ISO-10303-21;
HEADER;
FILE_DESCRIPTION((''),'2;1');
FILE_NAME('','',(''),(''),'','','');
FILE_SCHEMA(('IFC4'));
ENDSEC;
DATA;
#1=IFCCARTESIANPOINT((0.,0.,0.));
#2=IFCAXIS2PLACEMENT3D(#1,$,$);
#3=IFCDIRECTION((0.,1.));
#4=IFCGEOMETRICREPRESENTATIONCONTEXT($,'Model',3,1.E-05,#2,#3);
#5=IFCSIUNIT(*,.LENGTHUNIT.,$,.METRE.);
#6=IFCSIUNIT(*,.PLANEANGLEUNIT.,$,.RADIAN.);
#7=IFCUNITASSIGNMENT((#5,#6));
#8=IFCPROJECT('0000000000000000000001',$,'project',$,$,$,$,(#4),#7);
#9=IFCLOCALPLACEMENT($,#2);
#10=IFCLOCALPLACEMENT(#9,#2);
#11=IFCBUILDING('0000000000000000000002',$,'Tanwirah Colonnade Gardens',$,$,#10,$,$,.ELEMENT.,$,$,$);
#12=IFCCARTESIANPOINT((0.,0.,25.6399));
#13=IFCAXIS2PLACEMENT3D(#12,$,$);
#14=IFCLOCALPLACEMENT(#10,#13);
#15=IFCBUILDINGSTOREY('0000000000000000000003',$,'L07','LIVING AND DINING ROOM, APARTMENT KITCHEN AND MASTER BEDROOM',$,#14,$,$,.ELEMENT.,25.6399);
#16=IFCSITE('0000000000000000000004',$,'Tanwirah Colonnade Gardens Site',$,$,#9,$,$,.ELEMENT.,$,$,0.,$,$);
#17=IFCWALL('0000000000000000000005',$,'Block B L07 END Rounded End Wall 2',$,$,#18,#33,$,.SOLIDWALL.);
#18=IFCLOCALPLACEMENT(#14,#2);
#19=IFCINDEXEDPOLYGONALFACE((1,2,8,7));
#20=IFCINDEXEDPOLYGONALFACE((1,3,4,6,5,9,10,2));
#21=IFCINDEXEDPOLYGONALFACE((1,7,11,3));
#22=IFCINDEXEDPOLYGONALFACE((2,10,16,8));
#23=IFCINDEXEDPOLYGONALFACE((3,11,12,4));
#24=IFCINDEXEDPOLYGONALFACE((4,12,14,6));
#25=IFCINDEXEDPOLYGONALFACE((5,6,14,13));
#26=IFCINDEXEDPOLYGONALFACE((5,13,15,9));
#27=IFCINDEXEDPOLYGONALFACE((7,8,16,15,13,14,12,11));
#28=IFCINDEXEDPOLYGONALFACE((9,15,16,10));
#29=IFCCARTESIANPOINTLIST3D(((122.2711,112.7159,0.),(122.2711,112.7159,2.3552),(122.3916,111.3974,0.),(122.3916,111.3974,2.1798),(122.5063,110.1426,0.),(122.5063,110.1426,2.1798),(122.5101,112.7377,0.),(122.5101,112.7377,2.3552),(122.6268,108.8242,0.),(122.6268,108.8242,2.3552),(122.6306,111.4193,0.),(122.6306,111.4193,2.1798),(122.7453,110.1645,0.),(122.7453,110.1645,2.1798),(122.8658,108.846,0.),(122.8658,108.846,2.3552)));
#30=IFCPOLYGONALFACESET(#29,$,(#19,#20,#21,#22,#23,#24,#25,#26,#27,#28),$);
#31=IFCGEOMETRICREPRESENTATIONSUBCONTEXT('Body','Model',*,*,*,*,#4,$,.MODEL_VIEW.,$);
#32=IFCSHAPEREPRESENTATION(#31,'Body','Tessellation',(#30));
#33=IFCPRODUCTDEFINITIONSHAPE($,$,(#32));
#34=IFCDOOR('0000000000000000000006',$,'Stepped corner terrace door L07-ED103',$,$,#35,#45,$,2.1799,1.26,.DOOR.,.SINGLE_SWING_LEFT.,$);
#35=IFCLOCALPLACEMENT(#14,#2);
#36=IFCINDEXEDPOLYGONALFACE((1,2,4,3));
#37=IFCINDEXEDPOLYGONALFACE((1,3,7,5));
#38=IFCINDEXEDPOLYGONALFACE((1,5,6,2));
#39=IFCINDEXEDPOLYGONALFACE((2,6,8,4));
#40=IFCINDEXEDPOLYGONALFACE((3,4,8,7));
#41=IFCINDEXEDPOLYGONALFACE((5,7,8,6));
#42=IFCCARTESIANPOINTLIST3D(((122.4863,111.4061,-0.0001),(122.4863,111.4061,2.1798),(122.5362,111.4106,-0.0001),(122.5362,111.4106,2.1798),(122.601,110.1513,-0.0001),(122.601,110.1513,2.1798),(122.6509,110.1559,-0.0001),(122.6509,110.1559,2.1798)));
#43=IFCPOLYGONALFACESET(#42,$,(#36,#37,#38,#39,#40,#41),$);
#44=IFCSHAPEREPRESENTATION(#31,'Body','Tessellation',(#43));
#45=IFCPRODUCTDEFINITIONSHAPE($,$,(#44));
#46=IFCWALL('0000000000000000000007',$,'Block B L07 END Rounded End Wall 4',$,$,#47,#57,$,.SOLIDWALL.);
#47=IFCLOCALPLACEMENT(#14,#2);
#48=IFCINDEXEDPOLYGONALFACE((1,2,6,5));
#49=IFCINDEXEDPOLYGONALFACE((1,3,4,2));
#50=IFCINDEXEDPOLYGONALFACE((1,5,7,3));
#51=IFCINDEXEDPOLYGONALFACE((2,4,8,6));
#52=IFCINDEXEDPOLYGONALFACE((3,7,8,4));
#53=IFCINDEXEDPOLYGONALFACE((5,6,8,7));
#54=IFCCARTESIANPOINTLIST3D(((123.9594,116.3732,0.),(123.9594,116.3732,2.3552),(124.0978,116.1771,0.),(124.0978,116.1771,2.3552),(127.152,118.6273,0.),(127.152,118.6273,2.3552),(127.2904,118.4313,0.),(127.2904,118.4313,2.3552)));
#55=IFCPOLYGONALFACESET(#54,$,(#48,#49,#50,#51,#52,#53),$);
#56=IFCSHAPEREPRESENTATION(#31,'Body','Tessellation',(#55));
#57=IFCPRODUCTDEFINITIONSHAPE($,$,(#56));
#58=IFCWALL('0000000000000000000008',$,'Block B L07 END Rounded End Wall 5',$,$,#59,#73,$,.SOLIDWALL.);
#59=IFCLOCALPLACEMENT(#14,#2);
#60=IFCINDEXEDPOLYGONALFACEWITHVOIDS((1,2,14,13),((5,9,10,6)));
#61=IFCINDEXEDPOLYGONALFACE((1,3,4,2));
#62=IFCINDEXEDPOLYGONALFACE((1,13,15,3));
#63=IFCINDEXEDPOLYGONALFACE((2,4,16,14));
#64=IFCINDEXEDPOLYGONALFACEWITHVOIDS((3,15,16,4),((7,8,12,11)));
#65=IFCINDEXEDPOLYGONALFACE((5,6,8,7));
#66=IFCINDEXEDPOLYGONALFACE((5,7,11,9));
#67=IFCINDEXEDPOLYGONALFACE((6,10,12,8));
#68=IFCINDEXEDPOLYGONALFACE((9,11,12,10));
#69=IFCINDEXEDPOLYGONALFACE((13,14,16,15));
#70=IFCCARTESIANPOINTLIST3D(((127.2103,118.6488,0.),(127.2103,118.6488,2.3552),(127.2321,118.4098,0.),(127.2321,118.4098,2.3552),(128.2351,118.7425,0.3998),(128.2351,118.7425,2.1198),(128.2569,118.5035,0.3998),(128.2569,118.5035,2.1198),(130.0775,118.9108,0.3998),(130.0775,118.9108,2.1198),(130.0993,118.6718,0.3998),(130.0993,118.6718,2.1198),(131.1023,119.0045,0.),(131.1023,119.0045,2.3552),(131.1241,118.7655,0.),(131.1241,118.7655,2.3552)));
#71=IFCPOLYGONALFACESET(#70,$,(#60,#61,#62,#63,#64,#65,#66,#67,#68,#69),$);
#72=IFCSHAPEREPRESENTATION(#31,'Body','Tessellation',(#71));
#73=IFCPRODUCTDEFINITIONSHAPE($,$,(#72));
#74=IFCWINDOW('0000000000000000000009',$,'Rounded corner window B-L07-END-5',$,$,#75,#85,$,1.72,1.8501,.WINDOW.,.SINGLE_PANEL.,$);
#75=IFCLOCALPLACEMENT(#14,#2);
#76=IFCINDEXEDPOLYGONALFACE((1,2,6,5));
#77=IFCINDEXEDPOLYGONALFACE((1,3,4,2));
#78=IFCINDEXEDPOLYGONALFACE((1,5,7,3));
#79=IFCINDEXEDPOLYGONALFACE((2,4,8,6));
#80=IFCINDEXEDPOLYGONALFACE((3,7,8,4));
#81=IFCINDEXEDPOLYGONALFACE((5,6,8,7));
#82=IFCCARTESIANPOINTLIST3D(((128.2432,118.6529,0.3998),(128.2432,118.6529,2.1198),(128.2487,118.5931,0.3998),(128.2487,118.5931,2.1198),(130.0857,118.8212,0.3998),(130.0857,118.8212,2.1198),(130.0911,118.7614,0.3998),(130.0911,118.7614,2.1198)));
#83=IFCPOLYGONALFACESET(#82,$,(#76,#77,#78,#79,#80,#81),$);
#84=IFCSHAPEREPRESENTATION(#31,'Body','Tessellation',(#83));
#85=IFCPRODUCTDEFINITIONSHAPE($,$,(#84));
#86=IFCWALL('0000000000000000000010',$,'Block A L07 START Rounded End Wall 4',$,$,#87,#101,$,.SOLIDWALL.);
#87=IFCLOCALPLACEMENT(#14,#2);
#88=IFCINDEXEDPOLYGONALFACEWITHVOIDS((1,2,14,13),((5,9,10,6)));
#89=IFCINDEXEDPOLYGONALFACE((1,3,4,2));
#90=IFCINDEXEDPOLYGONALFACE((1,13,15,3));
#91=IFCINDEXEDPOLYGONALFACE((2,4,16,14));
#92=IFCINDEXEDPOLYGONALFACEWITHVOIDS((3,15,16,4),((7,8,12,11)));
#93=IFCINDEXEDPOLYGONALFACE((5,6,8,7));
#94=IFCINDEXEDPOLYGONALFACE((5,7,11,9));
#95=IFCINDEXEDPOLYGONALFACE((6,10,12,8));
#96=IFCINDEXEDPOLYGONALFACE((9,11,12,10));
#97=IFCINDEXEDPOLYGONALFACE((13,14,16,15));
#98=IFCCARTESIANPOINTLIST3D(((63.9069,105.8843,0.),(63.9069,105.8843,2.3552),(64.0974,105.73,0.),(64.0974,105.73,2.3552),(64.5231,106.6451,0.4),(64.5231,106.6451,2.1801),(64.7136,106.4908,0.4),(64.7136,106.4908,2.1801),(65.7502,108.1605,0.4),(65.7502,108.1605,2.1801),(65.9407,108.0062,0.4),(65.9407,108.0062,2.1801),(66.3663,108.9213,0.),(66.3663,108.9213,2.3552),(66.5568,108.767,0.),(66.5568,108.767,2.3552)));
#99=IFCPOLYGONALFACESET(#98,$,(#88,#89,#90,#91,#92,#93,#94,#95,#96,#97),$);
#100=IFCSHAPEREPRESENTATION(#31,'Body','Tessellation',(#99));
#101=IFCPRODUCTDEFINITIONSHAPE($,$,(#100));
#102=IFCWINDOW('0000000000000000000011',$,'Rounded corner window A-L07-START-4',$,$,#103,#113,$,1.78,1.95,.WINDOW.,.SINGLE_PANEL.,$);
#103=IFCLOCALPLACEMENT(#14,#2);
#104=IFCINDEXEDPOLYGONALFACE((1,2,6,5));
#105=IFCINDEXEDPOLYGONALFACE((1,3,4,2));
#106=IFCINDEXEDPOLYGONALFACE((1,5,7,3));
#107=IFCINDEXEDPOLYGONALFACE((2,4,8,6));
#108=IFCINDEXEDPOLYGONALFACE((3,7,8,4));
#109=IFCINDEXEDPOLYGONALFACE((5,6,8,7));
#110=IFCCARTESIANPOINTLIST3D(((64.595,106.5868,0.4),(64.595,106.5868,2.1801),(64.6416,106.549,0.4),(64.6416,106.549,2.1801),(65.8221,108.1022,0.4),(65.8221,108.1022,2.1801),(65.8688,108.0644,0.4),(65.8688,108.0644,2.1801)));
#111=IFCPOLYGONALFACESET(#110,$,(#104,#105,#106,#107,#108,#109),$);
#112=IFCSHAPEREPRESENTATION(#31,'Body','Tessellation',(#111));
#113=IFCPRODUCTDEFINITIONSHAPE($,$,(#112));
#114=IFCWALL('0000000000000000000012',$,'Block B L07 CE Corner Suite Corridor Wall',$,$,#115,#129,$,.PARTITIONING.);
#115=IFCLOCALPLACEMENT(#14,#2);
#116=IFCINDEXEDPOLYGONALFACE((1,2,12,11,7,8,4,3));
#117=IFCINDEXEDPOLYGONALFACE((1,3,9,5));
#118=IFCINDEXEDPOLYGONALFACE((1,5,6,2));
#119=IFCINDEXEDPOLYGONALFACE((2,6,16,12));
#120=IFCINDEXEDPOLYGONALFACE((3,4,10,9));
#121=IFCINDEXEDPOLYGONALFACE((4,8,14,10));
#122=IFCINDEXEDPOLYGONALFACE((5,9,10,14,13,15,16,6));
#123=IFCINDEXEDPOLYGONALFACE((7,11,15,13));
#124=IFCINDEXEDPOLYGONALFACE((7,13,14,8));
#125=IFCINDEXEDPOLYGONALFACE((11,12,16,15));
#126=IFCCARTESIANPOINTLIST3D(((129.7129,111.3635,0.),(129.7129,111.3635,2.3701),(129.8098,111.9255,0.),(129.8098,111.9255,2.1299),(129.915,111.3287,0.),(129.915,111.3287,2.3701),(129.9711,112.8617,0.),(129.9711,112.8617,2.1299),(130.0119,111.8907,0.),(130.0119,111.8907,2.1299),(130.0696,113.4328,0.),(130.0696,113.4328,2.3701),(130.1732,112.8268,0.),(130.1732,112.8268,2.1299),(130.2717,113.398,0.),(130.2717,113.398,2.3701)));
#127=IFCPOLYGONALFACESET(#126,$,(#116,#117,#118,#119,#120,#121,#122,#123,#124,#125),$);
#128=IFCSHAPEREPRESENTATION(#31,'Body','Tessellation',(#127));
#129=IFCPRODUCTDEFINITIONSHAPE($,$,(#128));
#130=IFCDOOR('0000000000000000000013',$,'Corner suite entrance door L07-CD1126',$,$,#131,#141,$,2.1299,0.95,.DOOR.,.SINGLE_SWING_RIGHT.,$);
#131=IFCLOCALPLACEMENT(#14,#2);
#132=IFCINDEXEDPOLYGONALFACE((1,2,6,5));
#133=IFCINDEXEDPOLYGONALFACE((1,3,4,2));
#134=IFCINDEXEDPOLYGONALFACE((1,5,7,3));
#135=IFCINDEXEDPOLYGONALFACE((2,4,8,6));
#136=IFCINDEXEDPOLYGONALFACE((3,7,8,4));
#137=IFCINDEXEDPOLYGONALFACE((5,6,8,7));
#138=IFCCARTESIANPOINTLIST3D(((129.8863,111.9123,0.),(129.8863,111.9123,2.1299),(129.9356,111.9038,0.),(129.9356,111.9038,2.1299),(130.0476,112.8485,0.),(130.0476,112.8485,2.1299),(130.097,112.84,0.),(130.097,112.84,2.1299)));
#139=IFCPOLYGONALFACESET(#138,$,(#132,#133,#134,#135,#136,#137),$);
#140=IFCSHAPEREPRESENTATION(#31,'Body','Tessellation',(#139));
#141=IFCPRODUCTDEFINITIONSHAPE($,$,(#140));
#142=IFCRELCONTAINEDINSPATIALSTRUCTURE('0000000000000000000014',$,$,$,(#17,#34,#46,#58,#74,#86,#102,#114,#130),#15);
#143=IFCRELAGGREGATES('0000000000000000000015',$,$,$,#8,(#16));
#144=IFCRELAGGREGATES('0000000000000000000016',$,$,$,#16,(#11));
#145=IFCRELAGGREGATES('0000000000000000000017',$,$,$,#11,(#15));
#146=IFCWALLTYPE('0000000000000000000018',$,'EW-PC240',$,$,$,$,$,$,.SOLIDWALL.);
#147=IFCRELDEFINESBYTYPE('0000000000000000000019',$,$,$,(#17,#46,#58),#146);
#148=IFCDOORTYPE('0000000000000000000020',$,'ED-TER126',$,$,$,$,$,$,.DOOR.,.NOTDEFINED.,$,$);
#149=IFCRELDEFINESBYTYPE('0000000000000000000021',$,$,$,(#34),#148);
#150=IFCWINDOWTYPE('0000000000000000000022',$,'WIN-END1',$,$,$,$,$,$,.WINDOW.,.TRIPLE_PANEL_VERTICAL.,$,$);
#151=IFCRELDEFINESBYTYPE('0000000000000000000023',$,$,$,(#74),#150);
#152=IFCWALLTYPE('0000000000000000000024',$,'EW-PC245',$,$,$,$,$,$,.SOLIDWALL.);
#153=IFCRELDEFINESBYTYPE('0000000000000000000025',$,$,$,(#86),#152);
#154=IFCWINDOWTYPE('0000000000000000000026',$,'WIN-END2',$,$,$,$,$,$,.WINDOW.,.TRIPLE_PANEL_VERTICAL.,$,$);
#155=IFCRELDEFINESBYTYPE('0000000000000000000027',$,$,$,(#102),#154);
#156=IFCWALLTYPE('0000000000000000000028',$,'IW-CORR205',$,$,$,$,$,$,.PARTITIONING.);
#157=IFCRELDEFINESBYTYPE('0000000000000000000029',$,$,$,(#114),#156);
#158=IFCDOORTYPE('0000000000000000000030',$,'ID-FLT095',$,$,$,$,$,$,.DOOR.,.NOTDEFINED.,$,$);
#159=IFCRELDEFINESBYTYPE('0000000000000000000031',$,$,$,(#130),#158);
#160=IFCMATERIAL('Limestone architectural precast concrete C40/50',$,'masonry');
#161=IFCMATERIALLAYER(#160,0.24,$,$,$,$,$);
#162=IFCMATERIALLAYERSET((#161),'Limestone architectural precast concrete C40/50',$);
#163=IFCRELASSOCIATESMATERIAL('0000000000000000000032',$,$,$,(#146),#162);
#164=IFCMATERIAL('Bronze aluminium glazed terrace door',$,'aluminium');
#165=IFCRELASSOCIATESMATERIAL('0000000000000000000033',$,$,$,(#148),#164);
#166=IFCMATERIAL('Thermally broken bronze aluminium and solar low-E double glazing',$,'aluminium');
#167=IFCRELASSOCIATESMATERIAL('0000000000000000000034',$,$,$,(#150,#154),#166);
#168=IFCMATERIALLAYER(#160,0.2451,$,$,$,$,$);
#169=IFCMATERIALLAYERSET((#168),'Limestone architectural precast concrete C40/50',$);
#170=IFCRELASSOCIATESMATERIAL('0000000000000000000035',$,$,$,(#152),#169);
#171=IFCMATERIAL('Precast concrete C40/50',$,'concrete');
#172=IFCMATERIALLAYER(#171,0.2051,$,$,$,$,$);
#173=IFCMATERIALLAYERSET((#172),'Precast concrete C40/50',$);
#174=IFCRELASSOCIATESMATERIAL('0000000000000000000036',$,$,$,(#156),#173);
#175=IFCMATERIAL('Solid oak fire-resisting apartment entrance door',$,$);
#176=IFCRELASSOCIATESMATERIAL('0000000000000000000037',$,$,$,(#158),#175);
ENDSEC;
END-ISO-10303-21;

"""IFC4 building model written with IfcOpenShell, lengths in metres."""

from ifc_helpers import new_model, si_unit, direction, frame, frame_2d, origin, place, context, subcontext, project, spatial, rectangle, extrude, material, layer, layer_set, type_object, element, fill, save


model = new_model("IFC4")

# Units and contexts
model_context = context("Model", 3, precision=1e-05, world=origin(), true_north=direction((0.0, 1.0)))
body_context = subcontext(model_context, "Body", "Model", "MODEL_VIEW")
ifc_project = project(units=[si_unit("LENGTHUNIT", "METRE"), si_unit("PLANEANGLEUNIT", "RADIAN")], contexts=[model_context])

# Site, building, storey
site_placement = place(None, origin())
site = spatial("IfcSite", under=ifc_project, at=site_placement, Name="Tanwirah Colonnade Gardens Site", CompositionType="ELEMENT", RefElevation=0.0)
building_placement = place(site_placement, origin())
building = spatial("IfcBuilding", under=site, at=building_placement, Name="Tanwirah Colonnade Gardens", CompositionType="ELEMENT")
storey_placement = place(building_placement, frame((0.0, 0.0, 25.6399)))
storey = spatial("IfcBuildingStorey", under=building, at=storey_placement, Name="L07", Description="LIVING AND DINING ROOM, APARTMENT KITCHEN AND MASTER BEDROOM", CompositionType="ELEMENT", Elevation=25.6399)

# Shared definitions
ifc_material_1 = material(Name="Precast concrete C40/50", Category="concrete")

# Shared definitions
ifc_material_2 = material(Name="Limestone architectural precast concrete C40/50", Category="masonry")
ifc_layer_1 = layer(ifc_material_2, 0.24)
ifc_layer_set_1 = layer_set([ifc_layer_1], Name="Limestone architectural precast concrete C40/50")
wall_type_1 = type_object("IfcWallType", Name="EW-PC240", PredefinedType="SOLIDWALL", material=ifc_layer_set_1)
ifc_material_3 = material(Name="Thermally broken bronze aluminium and solar low-E double glazing", Category="aluminium")

# Wall, opening, door
wall_1_placement = place(storey_placement, frame((122.7463, 108.835, 0.0), z_axis=(0.0, 0.0, 1.0), x_axis=(-0.09102, 0.995849, 0.0)))
wall_1 = element("IfcWall", 1, at=wall_1_placement, inside=storey, type_object=wall_type_1, Name="Block B L07 END Rounded End Wall 2", PredefinedType="SOLIDWALL", context=body_context, shape_type="SweptSolid", body=[
    extrude(rectangle(XDim=3.908, YDim=0.24, at=frame_2d((1.9541, 0.0))), origin(), (0.0, 0.0, 1.0), 2.3552),
])
opening_1_placement = place(wall_1_placement, frame((1.3242, 0.0, 0.0)))
opening_1 = element("IfcOpeningElement", 2, at=opening_1_placement, cuts=wall_1, PredefinedType="OPENING", context=body_context, shape_type="SweptSolid", body=[
    extrude(rectangle(XDim=1.26, YDim=2.1799, at=frame_2d((0.6299, 1.0898))), frame((0.0, 0.1299, 0.0), z_axis=(0.0, -1.0, 0.0), x_axis=(1.0, 0.0, 0.0)), (0.0, 0.0, 1.0), 0.26),
])
ifc_material_4 = material(Name="Bronze aluminium glazed terrace door", Category="aluminium")
door_type_1 = type_object("IfcDoorType", Name="ED-TER126", OperationType="NOTDEFINED", PredefinedType="DOOR", material=ifc_material_4)
door_1_placement = place(opening_1_placement, origin())
door_1 = element("IfcDoor", 3, at=door_1_placement, inside=storey, type_object=door_type_1, Name="Stepped corner terrace door L07-ED103", OperationType="SINGLE_SWING_LEFT", OverallHeight=2.1799, OverallWidth=1.26, PredefinedType="DOOR", context=body_context, shape_type="SweptSolid", body=[
    extrude(rectangle(XDim=1.26, YDim=2.1799, at=frame_2d((0.6299, 1.0898))), frame((0.0, 0.0249, 0.0), z_axis=(0.0, -1.0, 0.0), x_axis=(1.0, 0.0, 0.0)), (0.0, 0.0, 1.0), 0.05),
])
fill(opening_1, door_1)

# Wall
wall_2_placement = place(storey_placement, frame((124.0286, 116.2751, 0.0), z_axis=(0.0, 0.0, 1.0), x_axis=(0.816904, 0.576774, 0.0)))
element("IfcWall", 4, at=wall_2_placement, inside=storey, type_object=wall_type_1, Name="Block B L07 END Rounded End Wall 4", PredefinedType="SOLIDWALL", context=body_context, shape_type="SweptSolid", body=[
    extrude(rectangle(XDim=3.9082, YDim=0.24, at=frame_2d((1.9541, 0.0))), origin(), (0.0, 0.0, 1.0), 2.3552),
])

# Walls, openings, windows
wall_3_placement = place(storey_placement, frame((127.2212, 118.5293, 0.0), z_axis=(0.0, 0.0, 1.0), x_axis=(0.99585, 0.091014, 0.0)))
wall_3 = element("IfcWall", 5, at=wall_3_placement, inside=storey, type_object=wall_type_1, Name="Block B L07 END Rounded End Wall 5", PredefinedType="SOLIDWALL", context=body_context, shape_type="SweptSolid", body=[
    extrude(rectangle(XDim=3.9082, YDim=0.24, at=frame_2d((1.9541, 0.0))), origin(), (0.0, 0.0, 1.0), 2.3552),
])
opening_2_placement = place(wall_3_placement, frame((1.0291, 0.0, 0.3999)))
opening_2 = element("IfcOpeningElement", 6, at=opening_2_placement, cuts=wall_3, PredefinedType="OPENING", context=body_context, shape_type="SweptSolid", body=[
    extrude(rectangle(XDim=1.8501, YDim=1.72, at=frame_2d((0.925, 0.8599))), frame((0.0, 0.1299, 0.0), z_axis=(0.0, -1.0, 0.0), x_axis=(1.0, 0.0, 0.0)), (0.0, 0.0, 1.0), 0.26),
])
window_type_1 = type_object("IfcWindowType", Name="WIN-END1", PartitioningType="TRIPLE_PANEL_VERTICAL", PredefinedType="WINDOW", material=ifc_material_3)
window_1_placement = place(opening_2_placement, origin())
window_1 = element("IfcWindow", 7, at=window_1_placement, inside=storey, type_object=window_type_1, Name="Rounded corner window B-L07-END-5", OverallHeight=1.72, OverallWidth=1.8501, PartitioningType="SINGLE_PANEL", PredefinedType="WINDOW", context=body_context, shape_type="SweptSolid", body=[
    extrude(rectangle(XDim=1.8501, YDim=1.72, at=frame_2d((0.925, 0.8599))), frame((0.0, 0.03, 0.0), z_axis=(0.0, -1.0, 0.0), x_axis=(1.0, 0.0, 0.0)), (0.0, 0.0, 1.0), 0.0601),
])
fill(opening_2, window_1)
ifc_layer_2 = layer(ifc_material_2, 0.2451)
ifc_layer_set_2 = layer_set([ifc_layer_2], Name="Limestone architectural precast concrete C40/50")
wall_type_2 = type_object("IfcWallType", Name="EW-PC245", PredefinedType="SOLIDWALL", material=ifc_layer_set_2)
wall_4_placement = place(storey_placement, frame((66.4617, 108.8442, 0.0), z_axis=(0.0, 0.0, 1.0), x_axis=(-0.629331, -0.777137, 0.0)))
wall_4 = element("IfcWall", 8, at=wall_4_placement, inside=storey, type_object=wall_type_2, Name="Block A L07 START Rounded End Wall 4", PredefinedType="SOLIDWALL", context=body_context, shape_type="SweptSolid", body=[
    extrude(rectangle(XDim=3.908, YDim=0.2451, at=frame_2d((1.9541, 0.0))), origin(), (0.0, 0.0, 1.0), 2.3552),
])
opening_3_placement = place(wall_4_placement, frame((0.979, 0.0, 0.3999)))
opening_3 = element("IfcOpeningElement", 9, at=opening_3_placement, cuts=wall_4, PredefinedType="OPENING", context=body_context, shape_type="SweptSolid", body=[
    extrude(rectangle(XDim=1.95, YDim=1.78, at=frame_2d((0.9751, 0.8901))), frame((0.0, 0.1326, 0.0), z_axis=(0.0, -1.0, 0.0), x_axis=(1.0, 0.0, 0.0)), (0.0, 0.0, 1.0), 0.2651),
])
window_type_2 = type_object("IfcWindowType", Name="WIN-END2", PartitioningType="TRIPLE_PANEL_VERTICAL", PredefinedType="WINDOW", material=ifc_material_3)
window_2_placement = place(opening_3_placement, origin())
window_2 = element("IfcWindow", 10, at=window_2_placement, inside=storey, type_object=window_type_2, Name="Rounded corner window A-L07-START-4", OverallHeight=1.78, OverallWidth=1.95, PartitioningType="SINGLE_PANEL", PredefinedType="WINDOW", context=body_context, shape_type="SweptSolid", body=[
    extrude(rectangle(XDim=1.95, YDim=1.78, at=frame_2d((0.9751, 0.8901))), frame((0.0, 0.03, 0.0), z_axis=(0.0, -1.0, 0.0), x_axis=(1.0, 0.0, 0.0)), (0.0, 0.0, 1.0), 0.0601),
])
fill(opening_3, window_2)

# Wall, opening, door
ifc_layer_3 = layer(ifc_material_1, 0.2051)
ifc_layer_set_3 = layer_set([ifc_layer_3], Name="Precast concrete C40/50")
wall_type_3 = type_object("IfcWallType", Name="IW-CORR205", PredefinedType="PARTITIONING", material=ifc_layer_set_3)
wall_5_placement = place(storey_placement, frame((129.814, 111.3462, 0.0), z_axis=(0.0, 0.0, 1.0), x_axis=(0.169864, 0.985467, 0.0)))
wall_5 = element("IfcWall", 11, at=wall_5_placement, inside=storey, type_object=wall_type_3, Name="Block B L07 CE Corner Suite Corridor Wall", PredefinedType="PARTITIONING", context=body_context, shape_type="SweptSolid", body=[
    extrude(rectangle(XDim=2.0999, YDim=0.2051, at=frame_2d((1.0498, 0.0))), origin(), (0.0, 0.0, 1.0), 2.3701),
])
opening_4_placement = place(wall_5_placement, frame((0.5701, 0.0, 0.0)))
opening_4 = element("IfcOpeningElement", 12, at=opening_4_placement, cuts=wall_5, PredefinedType="OPENING", context=body_context, shape_type="SweptSolid", body=[
    extrude(rectangle(XDim=0.95, YDim=2.1299, at=frame_2d((0.4751, 1.0649))), frame((0.0, 0.1125, 0.0), z_axis=(0.0, -1.0, 0.0), x_axis=(1.0, 0.0, 0.0)), (0.0, 0.0, 1.0), 0.2251),
])
ifc_material_5 = material(Name="Solid oak fire-resisting apartment entrance door")
door_type_2 = type_object("IfcDoorType", Name="ID-FLT095", OperationType="NOTDEFINED", PredefinedType="DOOR", material=ifc_material_5)
door_2_placement = place(opening_4_placement, origin())
door_2 = element("IfcDoor", 13, at=door_2_placement, inside=storey, type_object=door_type_2, Name="Corner suite entrance door L07-CD1126", OperationType="SINGLE_SWING_RIGHT", OverallHeight=2.1299, OverallWidth=0.95, PredefinedType="DOOR", context=body_context, shape_type="SweptSolid", body=[
    extrude(rectangle(XDim=0.95, YDim=2.1299, at=frame_2d((0.4751, 1.0649))), frame((0.0, 0.0249, 0.0), z_axis=(0.0, -1.0, 0.0), x_axis=(1.0, 0.0, 0.0)), (0.0, 0.0, 1.0), 0.05),
])
fill(opening_4, door_2)

save(model, "model.ifc")
